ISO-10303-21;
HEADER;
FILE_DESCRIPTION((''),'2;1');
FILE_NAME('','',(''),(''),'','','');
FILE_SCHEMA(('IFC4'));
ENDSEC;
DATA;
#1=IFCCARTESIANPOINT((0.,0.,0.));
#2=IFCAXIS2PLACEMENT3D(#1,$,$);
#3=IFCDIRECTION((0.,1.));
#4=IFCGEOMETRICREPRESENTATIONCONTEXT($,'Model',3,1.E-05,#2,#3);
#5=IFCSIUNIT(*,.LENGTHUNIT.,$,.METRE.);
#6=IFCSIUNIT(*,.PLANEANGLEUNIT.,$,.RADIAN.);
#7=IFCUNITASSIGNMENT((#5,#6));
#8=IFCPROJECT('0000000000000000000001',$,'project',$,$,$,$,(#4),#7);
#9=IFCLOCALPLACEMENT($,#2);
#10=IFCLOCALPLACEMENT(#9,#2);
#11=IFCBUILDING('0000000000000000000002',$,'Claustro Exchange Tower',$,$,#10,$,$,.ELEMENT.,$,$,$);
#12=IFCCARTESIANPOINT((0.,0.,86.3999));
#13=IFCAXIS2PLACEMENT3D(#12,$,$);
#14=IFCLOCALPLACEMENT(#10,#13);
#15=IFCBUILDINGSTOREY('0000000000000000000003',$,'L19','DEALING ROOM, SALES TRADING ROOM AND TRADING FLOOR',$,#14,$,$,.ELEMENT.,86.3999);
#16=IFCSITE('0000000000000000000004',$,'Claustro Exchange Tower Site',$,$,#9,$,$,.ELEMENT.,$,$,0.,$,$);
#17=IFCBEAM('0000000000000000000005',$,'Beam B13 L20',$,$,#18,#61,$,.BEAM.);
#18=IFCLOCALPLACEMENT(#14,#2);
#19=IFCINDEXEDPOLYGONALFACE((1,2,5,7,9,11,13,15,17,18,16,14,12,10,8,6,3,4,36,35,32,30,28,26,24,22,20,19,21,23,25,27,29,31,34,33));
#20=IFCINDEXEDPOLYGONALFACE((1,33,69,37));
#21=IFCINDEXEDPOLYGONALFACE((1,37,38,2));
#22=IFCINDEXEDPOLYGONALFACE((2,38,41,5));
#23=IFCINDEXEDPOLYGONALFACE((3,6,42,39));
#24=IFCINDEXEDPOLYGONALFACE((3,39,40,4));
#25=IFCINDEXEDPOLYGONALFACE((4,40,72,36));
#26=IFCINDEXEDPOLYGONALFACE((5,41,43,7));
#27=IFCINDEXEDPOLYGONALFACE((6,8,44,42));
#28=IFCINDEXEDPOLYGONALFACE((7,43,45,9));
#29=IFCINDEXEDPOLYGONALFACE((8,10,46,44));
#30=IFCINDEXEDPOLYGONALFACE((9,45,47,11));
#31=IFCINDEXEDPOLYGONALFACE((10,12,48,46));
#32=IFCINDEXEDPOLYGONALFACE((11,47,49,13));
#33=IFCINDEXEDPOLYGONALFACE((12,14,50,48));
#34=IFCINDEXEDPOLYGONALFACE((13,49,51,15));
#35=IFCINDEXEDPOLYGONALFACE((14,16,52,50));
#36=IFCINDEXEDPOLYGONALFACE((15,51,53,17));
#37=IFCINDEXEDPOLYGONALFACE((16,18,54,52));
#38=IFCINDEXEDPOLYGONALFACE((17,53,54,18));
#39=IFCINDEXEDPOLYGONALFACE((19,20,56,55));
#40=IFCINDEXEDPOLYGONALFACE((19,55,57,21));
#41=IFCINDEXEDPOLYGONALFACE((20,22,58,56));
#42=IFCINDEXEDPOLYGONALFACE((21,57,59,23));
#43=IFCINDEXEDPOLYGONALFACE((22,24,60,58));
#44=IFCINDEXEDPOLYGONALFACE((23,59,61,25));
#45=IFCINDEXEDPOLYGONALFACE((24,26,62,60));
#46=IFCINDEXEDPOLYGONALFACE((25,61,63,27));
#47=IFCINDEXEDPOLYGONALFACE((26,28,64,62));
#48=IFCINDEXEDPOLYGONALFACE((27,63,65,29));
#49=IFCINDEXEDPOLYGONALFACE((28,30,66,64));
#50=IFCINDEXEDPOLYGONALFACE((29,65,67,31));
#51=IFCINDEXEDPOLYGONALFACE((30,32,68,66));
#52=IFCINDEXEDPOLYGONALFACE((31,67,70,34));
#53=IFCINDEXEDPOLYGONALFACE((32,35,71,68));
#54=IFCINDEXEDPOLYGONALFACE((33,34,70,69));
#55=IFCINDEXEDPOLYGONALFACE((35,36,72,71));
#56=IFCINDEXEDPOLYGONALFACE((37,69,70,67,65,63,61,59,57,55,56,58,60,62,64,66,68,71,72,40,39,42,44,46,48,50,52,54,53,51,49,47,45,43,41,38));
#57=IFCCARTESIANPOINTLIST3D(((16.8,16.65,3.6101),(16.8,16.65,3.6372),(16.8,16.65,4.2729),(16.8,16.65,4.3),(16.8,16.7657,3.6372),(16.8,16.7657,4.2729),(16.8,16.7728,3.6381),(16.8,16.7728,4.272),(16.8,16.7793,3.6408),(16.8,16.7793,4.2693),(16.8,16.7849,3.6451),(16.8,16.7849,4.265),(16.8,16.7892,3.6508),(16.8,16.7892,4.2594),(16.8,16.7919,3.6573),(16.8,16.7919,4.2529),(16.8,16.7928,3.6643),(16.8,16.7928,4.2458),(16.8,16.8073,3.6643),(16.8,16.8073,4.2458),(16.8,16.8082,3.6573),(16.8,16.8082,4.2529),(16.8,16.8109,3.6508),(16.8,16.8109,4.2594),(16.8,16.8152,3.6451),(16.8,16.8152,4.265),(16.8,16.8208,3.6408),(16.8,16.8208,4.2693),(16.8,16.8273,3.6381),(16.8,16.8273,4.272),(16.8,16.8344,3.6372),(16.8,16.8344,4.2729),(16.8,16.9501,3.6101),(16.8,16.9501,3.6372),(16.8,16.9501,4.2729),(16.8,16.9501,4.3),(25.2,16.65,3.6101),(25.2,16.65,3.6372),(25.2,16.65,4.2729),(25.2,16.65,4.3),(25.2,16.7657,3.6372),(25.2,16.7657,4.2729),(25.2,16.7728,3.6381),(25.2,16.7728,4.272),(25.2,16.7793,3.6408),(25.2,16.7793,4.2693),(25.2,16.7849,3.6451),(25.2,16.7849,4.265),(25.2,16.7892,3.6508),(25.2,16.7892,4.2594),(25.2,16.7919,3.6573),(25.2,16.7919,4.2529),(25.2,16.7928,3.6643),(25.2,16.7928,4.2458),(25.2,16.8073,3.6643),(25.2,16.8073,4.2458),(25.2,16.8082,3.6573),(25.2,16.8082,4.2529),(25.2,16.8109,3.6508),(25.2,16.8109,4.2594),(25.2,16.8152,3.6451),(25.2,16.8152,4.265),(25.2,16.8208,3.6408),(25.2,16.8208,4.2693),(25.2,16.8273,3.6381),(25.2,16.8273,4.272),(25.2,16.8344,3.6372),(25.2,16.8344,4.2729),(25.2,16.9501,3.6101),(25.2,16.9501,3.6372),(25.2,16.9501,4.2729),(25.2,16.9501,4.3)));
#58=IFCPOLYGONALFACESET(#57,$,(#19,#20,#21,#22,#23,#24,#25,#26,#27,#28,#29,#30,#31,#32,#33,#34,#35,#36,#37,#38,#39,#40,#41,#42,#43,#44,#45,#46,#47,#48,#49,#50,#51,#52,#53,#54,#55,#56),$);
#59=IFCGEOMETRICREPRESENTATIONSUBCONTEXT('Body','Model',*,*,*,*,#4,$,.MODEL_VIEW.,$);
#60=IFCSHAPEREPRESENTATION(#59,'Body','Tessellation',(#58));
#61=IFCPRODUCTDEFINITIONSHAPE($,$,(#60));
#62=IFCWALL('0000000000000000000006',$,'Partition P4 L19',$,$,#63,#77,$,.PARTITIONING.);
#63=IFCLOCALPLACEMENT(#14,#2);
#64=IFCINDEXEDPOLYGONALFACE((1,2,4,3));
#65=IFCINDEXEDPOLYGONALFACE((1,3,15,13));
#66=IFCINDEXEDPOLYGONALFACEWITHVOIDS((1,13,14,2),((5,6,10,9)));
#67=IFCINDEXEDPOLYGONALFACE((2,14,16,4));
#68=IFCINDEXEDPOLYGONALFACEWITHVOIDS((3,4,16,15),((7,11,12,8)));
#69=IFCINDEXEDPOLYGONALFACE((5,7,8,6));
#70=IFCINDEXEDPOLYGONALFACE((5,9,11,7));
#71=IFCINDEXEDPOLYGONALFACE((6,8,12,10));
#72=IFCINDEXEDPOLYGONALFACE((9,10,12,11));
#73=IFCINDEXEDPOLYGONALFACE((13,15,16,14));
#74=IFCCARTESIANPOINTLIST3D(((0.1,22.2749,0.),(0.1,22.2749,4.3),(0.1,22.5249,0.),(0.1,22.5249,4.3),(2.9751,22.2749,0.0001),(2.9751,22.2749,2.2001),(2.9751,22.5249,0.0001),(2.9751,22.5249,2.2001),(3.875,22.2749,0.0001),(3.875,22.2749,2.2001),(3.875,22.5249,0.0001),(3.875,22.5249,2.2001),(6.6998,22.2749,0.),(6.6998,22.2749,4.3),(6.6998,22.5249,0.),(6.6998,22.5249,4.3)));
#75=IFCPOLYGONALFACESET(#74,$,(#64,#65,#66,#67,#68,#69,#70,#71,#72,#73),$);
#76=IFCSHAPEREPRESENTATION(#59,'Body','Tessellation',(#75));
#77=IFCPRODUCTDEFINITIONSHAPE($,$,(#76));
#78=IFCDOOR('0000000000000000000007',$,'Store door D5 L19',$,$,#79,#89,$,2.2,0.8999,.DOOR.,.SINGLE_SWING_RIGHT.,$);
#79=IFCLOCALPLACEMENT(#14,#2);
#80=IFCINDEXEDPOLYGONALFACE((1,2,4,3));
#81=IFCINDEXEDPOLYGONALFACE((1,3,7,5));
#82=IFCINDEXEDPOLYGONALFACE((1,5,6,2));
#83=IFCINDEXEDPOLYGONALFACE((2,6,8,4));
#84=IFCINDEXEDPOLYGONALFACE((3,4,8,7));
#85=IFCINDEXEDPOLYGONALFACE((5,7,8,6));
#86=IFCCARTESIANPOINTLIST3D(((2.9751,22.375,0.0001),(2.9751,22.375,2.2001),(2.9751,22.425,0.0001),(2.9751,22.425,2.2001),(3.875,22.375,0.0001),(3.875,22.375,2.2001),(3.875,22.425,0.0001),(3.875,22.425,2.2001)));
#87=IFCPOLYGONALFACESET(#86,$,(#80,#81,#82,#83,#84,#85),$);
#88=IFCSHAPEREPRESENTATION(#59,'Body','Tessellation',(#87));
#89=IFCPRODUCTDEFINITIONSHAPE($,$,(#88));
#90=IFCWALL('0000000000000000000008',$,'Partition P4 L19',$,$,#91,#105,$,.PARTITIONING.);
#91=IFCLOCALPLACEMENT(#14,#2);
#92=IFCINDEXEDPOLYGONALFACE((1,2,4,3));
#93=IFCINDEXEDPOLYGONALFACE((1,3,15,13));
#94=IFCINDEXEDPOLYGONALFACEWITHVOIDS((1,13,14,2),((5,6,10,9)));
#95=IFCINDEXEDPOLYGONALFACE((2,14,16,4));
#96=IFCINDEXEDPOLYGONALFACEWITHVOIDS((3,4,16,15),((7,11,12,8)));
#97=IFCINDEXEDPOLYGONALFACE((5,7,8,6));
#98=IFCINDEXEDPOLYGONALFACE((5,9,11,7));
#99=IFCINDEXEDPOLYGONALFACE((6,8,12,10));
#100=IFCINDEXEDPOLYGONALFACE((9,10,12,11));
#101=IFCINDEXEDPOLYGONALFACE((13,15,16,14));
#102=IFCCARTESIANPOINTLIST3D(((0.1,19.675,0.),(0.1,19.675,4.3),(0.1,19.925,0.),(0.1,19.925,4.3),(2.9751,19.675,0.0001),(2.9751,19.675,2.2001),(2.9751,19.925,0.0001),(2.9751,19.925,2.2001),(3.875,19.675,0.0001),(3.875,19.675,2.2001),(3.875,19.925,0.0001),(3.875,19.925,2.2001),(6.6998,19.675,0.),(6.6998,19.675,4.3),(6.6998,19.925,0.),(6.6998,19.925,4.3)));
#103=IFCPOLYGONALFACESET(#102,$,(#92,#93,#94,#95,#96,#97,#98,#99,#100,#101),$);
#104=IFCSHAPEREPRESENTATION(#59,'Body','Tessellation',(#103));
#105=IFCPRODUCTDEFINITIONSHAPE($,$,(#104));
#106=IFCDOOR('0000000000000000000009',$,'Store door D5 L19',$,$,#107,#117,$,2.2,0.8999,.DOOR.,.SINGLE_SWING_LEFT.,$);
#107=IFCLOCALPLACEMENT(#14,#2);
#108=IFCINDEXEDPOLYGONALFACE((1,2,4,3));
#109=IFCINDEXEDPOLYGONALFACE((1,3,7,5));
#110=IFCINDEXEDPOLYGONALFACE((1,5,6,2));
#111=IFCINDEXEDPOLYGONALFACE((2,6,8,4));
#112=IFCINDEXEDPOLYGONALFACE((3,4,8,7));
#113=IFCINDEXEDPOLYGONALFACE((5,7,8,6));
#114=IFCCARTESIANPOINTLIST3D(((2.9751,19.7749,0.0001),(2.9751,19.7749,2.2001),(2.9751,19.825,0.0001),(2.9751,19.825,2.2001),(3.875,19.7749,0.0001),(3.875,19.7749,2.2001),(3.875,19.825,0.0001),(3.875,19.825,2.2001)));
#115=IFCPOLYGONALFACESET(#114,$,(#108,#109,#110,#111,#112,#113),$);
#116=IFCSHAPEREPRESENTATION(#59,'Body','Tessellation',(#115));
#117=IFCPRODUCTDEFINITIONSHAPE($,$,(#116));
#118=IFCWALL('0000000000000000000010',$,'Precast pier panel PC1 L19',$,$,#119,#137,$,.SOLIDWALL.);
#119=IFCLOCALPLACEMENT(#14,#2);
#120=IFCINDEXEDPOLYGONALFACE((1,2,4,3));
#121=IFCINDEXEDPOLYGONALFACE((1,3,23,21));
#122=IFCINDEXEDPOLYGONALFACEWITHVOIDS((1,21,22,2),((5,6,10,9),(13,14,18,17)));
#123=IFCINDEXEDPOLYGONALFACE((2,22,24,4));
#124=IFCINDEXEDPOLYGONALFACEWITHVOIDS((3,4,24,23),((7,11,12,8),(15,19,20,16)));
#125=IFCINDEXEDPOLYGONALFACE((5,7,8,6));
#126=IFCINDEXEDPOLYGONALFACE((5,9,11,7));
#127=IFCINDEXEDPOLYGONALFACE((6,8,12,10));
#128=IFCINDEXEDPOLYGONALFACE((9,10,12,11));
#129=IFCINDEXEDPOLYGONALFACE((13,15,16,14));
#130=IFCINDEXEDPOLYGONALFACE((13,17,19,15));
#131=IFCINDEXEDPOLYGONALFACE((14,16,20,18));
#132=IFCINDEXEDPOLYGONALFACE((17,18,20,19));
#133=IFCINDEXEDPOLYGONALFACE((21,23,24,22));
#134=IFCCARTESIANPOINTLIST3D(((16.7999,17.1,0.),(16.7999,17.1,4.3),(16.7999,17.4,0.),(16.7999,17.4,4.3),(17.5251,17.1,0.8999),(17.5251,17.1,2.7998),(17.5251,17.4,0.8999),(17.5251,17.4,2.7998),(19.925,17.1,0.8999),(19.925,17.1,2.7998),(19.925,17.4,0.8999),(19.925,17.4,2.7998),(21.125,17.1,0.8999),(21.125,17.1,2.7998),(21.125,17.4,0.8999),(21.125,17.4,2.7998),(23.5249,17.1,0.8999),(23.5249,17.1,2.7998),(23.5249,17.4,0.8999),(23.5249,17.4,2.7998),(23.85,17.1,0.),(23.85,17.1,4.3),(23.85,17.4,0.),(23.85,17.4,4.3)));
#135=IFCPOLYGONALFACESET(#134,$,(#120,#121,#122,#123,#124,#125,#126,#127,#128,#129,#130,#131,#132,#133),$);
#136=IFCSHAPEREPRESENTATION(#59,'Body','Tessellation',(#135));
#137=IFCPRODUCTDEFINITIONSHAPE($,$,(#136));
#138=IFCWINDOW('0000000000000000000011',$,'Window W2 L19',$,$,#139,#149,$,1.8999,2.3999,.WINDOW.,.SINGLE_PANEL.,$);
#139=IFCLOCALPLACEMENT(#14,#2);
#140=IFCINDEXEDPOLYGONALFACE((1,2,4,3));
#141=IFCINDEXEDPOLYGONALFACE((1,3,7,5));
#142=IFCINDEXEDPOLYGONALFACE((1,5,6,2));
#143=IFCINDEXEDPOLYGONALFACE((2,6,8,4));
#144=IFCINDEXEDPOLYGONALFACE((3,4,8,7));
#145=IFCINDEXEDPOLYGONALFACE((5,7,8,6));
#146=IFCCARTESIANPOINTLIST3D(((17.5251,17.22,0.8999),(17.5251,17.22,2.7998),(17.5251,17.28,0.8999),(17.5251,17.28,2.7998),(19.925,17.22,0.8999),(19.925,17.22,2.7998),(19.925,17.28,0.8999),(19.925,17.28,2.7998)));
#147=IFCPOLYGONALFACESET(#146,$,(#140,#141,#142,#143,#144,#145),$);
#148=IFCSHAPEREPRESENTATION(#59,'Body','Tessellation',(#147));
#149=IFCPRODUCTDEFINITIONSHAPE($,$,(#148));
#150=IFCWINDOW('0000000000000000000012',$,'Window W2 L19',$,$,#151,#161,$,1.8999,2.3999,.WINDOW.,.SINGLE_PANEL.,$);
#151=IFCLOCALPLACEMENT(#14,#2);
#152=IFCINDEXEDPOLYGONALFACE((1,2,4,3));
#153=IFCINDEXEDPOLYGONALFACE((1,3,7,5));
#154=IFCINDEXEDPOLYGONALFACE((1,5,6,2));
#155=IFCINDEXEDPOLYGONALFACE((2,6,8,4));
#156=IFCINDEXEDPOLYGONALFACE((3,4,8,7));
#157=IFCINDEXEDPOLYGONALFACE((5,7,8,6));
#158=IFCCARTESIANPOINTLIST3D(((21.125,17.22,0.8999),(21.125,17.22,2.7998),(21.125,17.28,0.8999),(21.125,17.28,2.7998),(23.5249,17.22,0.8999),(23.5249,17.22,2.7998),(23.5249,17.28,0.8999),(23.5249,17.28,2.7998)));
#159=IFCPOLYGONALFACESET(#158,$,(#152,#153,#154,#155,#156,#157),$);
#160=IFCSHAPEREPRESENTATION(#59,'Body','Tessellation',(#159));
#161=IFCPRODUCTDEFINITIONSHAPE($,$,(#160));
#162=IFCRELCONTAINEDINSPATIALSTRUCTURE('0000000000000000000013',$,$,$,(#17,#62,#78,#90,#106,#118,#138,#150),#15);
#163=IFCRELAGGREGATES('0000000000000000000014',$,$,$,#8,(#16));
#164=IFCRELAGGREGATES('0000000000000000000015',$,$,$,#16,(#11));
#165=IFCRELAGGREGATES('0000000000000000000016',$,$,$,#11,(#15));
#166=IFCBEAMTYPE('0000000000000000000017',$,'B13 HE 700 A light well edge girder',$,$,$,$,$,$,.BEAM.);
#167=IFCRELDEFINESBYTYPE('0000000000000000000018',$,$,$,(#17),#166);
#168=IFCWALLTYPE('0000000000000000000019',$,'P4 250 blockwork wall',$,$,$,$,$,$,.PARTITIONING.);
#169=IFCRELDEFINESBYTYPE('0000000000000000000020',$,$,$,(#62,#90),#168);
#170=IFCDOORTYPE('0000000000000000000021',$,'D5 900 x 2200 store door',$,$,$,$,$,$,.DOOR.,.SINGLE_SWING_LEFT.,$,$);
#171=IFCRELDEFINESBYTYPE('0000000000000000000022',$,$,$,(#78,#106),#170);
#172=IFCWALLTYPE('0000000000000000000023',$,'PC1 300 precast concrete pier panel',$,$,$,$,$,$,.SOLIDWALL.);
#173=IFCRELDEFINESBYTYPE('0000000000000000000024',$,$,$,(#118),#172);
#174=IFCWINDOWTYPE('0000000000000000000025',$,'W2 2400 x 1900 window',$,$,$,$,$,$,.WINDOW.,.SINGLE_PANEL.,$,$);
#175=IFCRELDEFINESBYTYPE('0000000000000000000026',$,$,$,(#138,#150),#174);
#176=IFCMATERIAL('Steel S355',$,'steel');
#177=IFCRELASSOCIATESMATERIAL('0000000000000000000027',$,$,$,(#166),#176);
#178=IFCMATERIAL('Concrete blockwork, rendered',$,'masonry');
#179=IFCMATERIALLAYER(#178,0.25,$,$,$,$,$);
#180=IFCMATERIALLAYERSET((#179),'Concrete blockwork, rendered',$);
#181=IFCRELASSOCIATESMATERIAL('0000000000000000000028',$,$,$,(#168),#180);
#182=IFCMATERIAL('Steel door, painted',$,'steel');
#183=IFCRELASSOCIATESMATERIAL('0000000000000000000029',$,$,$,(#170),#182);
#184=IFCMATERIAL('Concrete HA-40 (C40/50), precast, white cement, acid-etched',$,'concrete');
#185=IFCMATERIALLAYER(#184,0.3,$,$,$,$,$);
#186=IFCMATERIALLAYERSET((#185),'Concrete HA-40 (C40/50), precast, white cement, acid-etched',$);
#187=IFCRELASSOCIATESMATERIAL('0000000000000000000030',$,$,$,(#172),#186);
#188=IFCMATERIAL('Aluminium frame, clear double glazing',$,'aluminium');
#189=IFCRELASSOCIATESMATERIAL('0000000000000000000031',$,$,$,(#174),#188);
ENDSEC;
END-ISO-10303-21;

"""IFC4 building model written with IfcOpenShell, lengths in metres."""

from ifc_helpers import new_model, si_unit, direction, frame, frame_2d, origin, origin_2d, place, context, subcontext, project, spatial, rectangle, i_section, extrude, material, layer, layer_set, material_profile, profile_set, type_object, element, fill, save


model = new_model("IFC4")

# Units and contexts
model_context = context("Model", 3, precision=1e-05, world=origin(), true_north=direction((0.0, 1.0)))
body_context = subcontext(model_context, "Body", "Model", "MODEL_VIEW")
ifc_project = project(units=[si_unit("LENGTHUNIT", "METRE"), si_unit("PLANEANGLEUNIT", "RADIAN")], contexts=[model_context])

# Site, building, storey
site_placement = place(None, origin())
site = spatial("IfcSite", under=ifc_project, at=site_placement, Name="Claustro Exchange Tower Site", CompositionType="ELEMENT", RefElevation=0.0)
building_placement = place(site_placement, origin())
building = spatial("IfcBuilding", under=site, at=building_placement, Name="Claustro Exchange Tower", CompositionType="ELEMENT")
storey_placement = place(building_placement, frame((0.0, 0.0, 86.3999)))
storey = spatial("IfcBuildingStorey", under=building, at=storey_placement, Name="L19", Description="DEALING ROOM, SALES TRADING ROOM AND TRADING FLOOR", CompositionType="ELEMENT", Elevation=86.3999)

# Beam
ifc_material_1 = material(Name="Steel S355", Category="steel")
ifc_material_profile = material_profile(ifc_material_1, i_section(OverallWidth=0.3, OverallDepth=0.6899, WebThickness=0.0144, FlangeThickness=0.0271, FilletRadius=0.0271, at=origin_2d()), Name="HE 700 A")
ifc_profile_set = profile_set([ifc_material_profile], Name="Steel S355")
beam_type = type_object("IfcBeamType", Name="B13 HE 700 A light well edge girder", PredefinedType="BEAM", material=ifc_profile_set)
beam_placement = place(storey_placement, frame((16.8, 16.8, 3.9551), z_axis=(1.0, 0.0, 0.0), x_axis=(0.0, 1.0, 0.0)))
element("IfcBeam", 1, at=beam_placement, inside=storey, type_object=beam_type, Name="Beam B13 L20", PredefinedType="BEAM", context=body_context, shape_type="SweptSolid", body=[
    extrude(i_section(OverallWidth=0.3, OverallDepth=0.6899, WebThickness=0.0144, FlangeThickness=0.0271, FilletRadius=0.0271, at=origin_2d()), origin(), (0.0, 0.0, 1.0), 8.3999),
])

# Walls, openings, doors
ifc_material_2 = material(Name="Concrete blockwork, rendered", Category="masonry")
ifc_layer_1 = layer(ifc_material_2, 0.25)
ifc_layer_set_1 = layer_set([ifc_layer_1], Name="Concrete blockwork, rendered")
wall_type_1 = type_object("IfcWallType", Name="P4 250 blockwork wall", PredefinedType="PARTITIONING", material=ifc_layer_set_1)
wall_1_placement = place(storey_placement, frame((0.1001, 22.3999, 0.0), z_axis=(0.0, 0.0, 1.0), x_axis=(1.0, 0.0, 0.0)))
wall_1 = element("IfcWall", 2, at=wall_1_placement, inside=storey, type_object=wall_type_1, Name="Partition P4 L19", PredefinedType="PARTITIONING", context=body_context, shape_type="SweptSolid", body=[
    extrude(rectangle(XDim=6.5999, YDim=0.25, at=frame_2d((3.2998, 0.0))), origin(), (0.0, 0.0, 1.0), 4.3),
])
opening_1_placement = place(wall_1_placement, frame((2.875, 0.0, 0.0)))
opening_1 = element("IfcOpeningElement", 3, at=opening_1_placement, cuts=wall_1, PredefinedType="OPENING", context=body_context, shape_type="SweptSolid", body=[
    extrude(rectangle(XDim=0.8999, YDim=2.2, at=frame_2d((0.45, 1.1001))), frame((0.0, 0.135, 0.0), z_axis=(0.0, -1.0, 0.0), x_axis=(1.0, 0.0, 0.0)), (0.0, 0.0, 1.0), 0.27),
])
ifc_material_3 = material(Name="Steel door, painted", Category="steel")
door_type = type_object("IfcDoorType", Name="D5 900 x 2200 store door", OperationType="SINGLE_SWING_LEFT", PredefinedType="DOOR", material=ifc_material_3)
door_1_placement = place(opening_1_placement, frame((0.8999, 0.0, 0.0), z_axis=(0.0, 0.0, 1.0), x_axis=(-1.0, 0.0, 0.0)))
door_1 = element("IfcDoor", 4, at=door_1_placement, inside=storey, type_object=door_type, Name="Store door D5 L19", OperationType="SINGLE_SWING_RIGHT", OverallHeight=2.2, OverallWidth=0.8999, PredefinedType="DOOR", context=body_context, shape_type="SweptSolid", body=[
    extrude(rectangle(XDim=0.8999, YDim=2.2, at=frame_2d((0.45, 1.1001))), frame((0.0, 0.0249, 0.0), z_axis=(0.0, -1.0, 0.0), x_axis=(1.0, 0.0, 0.0)), (0.0, 0.0, 1.0), 0.05),
])
fill(opening_1, door_1)
wall_2_placement = place(storey_placement, frame((0.1001, 19.8, 0.0), z_axis=(0.0, 0.0, 1.0), x_axis=(1.0, 0.0, 0.0)))
wall_2 = element("IfcWall", 5, at=wall_2_placement, inside=storey, type_object=wall_type_1, Name="Partition P4 L19", PredefinedType="PARTITIONING", context=body_context, shape_type="SweptSolid", body=[
    extrude(rectangle(XDim=6.5999, YDim=0.25, at=frame_2d((3.2998, 0.0))), origin(), (0.0, 0.0, 1.0), 4.3),
])
opening_2_placement = place(wall_2_placement, frame((2.875, 0.0, 0.0)))
opening_2 = element("IfcOpeningElement", 6, at=opening_2_placement, cuts=wall_2, PredefinedType="OPENING", context=body_context, shape_type="SweptSolid", body=[
    extrude(rectangle(XDim=0.8999, YDim=2.2, at=frame_2d((0.45, 1.1001))), frame((0.0, 0.135, 0.0), z_axis=(0.0, -1.0, 0.0), x_axis=(1.0, 0.0, 0.0)), (0.0, 0.0, 1.0), 0.27),
])
door_2_placement = place(opening_2_placement, origin())
door_2 = element("IfcDoor", 7, at=door_2_placement, inside=storey, type_object=door_type, Name="Store door D5 L19", OperationType="SINGLE_SWING_LEFT", OverallHeight=2.2, OverallWidth=0.8999, PredefinedType="DOOR", context=body_context, shape_type="SweptSolid", body=[
    extrude(rectangle(XDim=0.8999, YDim=2.2, at=frame_2d((0.45, 1.1001))), frame((0.0, 0.0249, 0.0), z_axis=(0.0, -1.0, 0.0), x_axis=(1.0, 0.0, 0.0)), (0.0, 0.0, 1.0), 0.05),
])
fill(opening_2, door_2)

# Wall, openings, windows
ifc_material_4 = material(Name="Concrete HA-40 (C40/50), precast, white cement, acid-etched", Category="concrete")
ifc_layer_2 = layer(ifc_material_4, 0.3)
ifc_layer_set_2 = layer_set([ifc_layer_2], Name="Concrete HA-40 (C40/50), precast, white cement, acid-etched")
wall_type_2 = type_object("IfcWallType", Name="PC1 300 precast concrete pier panel", PredefinedType="SOLIDWALL", material=ifc_layer_set_2)
wall_3_placement = place(storey_placement, frame((16.8, 17.25, 0.0), z_axis=(0.0, 0.0, 1.0), x_axis=(1.0, 0.0, 0.0)))
wall_3 = element("IfcWall", 8, at=wall_3_placement, inside=storey, type_object=wall_type_2, Name="Precast pier panel PC1 L19", PredefinedType="SOLIDWALL", context=body_context, shape_type="SweptSolid", body=[
    extrude(rectangle(XDim=7.05, YDim=0.3, at=frame_2d((3.5249, 0.0))), origin(), (0.0, 0.0, 1.0), 4.3),
])
opening_3_placement = place(wall_3_placement, frame((0.7251, 0.0, 0.8999)))
opening_3 = element("IfcOpeningElement", 9, at=opening_3_placement, cuts=wall_3, PredefinedType="OPENING", context=body_context, shape_type="SweptSolid", body=[
    extrude(rectangle(XDim=2.3999, YDim=1.8999, at=frame_2d((1.2, 0.95))), frame((0.0, 0.1599, 0.0), z_axis=(0.0, -1.0, 0.0), x_axis=(1.0, 0.0, 0.0)), (0.0, 0.0, 1.0), 0.3201),
])
opening_4_placement = place(wall_3_placement, frame((4.325, 0.0, 0.8999)))
opening_4 = element("IfcOpeningElement", 10, at=opening_4_placement, cuts=wall_3, PredefinedType="OPENING", context=body_context, shape_type="SweptSolid", body=[
    extrude(rectangle(XDim=2.3999, YDim=1.8999, at=frame_2d((1.2, 0.95))), frame((0.0, 0.1599, 0.0), z_axis=(0.0, -1.0, 0.0), x_axis=(1.0, 0.0, 0.0)), (0.0, 0.0, 1.0), 0.3201),
])
ifc_material_5 = material(Name="Aluminium frame, clear double glazing", Category="aluminium")
window_type = type_object("IfcWindowType", Name="W2 2400 x 1900 window", PartitioningType="SINGLE_PANEL", PredefinedType="WINDOW", material=ifc_material_5)
window_1_placement = place(opening_3_placement, origin())
window_1 = element("IfcWindow", 11, at=window_1_placement, inside=storey, type_object=window_type, Name="Window W2 L19", OverallHeight=1.8999, OverallWidth=2.3999, PartitioningType="SINGLE_PANEL", PredefinedType="WINDOW", context=body_context, shape_type="SweptSolid", body=[
    extrude(rectangle(XDim=2.3999, YDim=1.8999, at=frame_2d((1.2, 0.95))), frame((0.0, 0.03, 0.0), z_axis=(0.0, -1.0, 0.0), x_axis=(1.0, 0.0, 0.0)), (0.0, 0.0, 1.0), 0.0601),
])
fill(opening_3, window_1)
window_2_placement = place(opening_4_placement, origin())
window_2 = element("IfcWindow", 12, at=window_2_placement, inside=storey, type_object=window_type, Name="Window W2 L19", OverallHeight=1.8999, OverallWidth=2.3999, PartitioningType="SINGLE_PANEL", PredefinedType="WINDOW", context=body_context, shape_type="SweptSolid", body=[
    extrude(rectangle(XDim=2.3999, YDim=1.8999, at=frame_2d((1.2, 0.95))), frame((0.0, 0.03, 0.0), z_axis=(0.0, -1.0, 0.0), x_axis=(1.0, 0.0, 0.0)), (0.0, 0.0, 1.0), 0.0601),
])
fill(opening_4, window_2)

save(model, "model.ifc")
